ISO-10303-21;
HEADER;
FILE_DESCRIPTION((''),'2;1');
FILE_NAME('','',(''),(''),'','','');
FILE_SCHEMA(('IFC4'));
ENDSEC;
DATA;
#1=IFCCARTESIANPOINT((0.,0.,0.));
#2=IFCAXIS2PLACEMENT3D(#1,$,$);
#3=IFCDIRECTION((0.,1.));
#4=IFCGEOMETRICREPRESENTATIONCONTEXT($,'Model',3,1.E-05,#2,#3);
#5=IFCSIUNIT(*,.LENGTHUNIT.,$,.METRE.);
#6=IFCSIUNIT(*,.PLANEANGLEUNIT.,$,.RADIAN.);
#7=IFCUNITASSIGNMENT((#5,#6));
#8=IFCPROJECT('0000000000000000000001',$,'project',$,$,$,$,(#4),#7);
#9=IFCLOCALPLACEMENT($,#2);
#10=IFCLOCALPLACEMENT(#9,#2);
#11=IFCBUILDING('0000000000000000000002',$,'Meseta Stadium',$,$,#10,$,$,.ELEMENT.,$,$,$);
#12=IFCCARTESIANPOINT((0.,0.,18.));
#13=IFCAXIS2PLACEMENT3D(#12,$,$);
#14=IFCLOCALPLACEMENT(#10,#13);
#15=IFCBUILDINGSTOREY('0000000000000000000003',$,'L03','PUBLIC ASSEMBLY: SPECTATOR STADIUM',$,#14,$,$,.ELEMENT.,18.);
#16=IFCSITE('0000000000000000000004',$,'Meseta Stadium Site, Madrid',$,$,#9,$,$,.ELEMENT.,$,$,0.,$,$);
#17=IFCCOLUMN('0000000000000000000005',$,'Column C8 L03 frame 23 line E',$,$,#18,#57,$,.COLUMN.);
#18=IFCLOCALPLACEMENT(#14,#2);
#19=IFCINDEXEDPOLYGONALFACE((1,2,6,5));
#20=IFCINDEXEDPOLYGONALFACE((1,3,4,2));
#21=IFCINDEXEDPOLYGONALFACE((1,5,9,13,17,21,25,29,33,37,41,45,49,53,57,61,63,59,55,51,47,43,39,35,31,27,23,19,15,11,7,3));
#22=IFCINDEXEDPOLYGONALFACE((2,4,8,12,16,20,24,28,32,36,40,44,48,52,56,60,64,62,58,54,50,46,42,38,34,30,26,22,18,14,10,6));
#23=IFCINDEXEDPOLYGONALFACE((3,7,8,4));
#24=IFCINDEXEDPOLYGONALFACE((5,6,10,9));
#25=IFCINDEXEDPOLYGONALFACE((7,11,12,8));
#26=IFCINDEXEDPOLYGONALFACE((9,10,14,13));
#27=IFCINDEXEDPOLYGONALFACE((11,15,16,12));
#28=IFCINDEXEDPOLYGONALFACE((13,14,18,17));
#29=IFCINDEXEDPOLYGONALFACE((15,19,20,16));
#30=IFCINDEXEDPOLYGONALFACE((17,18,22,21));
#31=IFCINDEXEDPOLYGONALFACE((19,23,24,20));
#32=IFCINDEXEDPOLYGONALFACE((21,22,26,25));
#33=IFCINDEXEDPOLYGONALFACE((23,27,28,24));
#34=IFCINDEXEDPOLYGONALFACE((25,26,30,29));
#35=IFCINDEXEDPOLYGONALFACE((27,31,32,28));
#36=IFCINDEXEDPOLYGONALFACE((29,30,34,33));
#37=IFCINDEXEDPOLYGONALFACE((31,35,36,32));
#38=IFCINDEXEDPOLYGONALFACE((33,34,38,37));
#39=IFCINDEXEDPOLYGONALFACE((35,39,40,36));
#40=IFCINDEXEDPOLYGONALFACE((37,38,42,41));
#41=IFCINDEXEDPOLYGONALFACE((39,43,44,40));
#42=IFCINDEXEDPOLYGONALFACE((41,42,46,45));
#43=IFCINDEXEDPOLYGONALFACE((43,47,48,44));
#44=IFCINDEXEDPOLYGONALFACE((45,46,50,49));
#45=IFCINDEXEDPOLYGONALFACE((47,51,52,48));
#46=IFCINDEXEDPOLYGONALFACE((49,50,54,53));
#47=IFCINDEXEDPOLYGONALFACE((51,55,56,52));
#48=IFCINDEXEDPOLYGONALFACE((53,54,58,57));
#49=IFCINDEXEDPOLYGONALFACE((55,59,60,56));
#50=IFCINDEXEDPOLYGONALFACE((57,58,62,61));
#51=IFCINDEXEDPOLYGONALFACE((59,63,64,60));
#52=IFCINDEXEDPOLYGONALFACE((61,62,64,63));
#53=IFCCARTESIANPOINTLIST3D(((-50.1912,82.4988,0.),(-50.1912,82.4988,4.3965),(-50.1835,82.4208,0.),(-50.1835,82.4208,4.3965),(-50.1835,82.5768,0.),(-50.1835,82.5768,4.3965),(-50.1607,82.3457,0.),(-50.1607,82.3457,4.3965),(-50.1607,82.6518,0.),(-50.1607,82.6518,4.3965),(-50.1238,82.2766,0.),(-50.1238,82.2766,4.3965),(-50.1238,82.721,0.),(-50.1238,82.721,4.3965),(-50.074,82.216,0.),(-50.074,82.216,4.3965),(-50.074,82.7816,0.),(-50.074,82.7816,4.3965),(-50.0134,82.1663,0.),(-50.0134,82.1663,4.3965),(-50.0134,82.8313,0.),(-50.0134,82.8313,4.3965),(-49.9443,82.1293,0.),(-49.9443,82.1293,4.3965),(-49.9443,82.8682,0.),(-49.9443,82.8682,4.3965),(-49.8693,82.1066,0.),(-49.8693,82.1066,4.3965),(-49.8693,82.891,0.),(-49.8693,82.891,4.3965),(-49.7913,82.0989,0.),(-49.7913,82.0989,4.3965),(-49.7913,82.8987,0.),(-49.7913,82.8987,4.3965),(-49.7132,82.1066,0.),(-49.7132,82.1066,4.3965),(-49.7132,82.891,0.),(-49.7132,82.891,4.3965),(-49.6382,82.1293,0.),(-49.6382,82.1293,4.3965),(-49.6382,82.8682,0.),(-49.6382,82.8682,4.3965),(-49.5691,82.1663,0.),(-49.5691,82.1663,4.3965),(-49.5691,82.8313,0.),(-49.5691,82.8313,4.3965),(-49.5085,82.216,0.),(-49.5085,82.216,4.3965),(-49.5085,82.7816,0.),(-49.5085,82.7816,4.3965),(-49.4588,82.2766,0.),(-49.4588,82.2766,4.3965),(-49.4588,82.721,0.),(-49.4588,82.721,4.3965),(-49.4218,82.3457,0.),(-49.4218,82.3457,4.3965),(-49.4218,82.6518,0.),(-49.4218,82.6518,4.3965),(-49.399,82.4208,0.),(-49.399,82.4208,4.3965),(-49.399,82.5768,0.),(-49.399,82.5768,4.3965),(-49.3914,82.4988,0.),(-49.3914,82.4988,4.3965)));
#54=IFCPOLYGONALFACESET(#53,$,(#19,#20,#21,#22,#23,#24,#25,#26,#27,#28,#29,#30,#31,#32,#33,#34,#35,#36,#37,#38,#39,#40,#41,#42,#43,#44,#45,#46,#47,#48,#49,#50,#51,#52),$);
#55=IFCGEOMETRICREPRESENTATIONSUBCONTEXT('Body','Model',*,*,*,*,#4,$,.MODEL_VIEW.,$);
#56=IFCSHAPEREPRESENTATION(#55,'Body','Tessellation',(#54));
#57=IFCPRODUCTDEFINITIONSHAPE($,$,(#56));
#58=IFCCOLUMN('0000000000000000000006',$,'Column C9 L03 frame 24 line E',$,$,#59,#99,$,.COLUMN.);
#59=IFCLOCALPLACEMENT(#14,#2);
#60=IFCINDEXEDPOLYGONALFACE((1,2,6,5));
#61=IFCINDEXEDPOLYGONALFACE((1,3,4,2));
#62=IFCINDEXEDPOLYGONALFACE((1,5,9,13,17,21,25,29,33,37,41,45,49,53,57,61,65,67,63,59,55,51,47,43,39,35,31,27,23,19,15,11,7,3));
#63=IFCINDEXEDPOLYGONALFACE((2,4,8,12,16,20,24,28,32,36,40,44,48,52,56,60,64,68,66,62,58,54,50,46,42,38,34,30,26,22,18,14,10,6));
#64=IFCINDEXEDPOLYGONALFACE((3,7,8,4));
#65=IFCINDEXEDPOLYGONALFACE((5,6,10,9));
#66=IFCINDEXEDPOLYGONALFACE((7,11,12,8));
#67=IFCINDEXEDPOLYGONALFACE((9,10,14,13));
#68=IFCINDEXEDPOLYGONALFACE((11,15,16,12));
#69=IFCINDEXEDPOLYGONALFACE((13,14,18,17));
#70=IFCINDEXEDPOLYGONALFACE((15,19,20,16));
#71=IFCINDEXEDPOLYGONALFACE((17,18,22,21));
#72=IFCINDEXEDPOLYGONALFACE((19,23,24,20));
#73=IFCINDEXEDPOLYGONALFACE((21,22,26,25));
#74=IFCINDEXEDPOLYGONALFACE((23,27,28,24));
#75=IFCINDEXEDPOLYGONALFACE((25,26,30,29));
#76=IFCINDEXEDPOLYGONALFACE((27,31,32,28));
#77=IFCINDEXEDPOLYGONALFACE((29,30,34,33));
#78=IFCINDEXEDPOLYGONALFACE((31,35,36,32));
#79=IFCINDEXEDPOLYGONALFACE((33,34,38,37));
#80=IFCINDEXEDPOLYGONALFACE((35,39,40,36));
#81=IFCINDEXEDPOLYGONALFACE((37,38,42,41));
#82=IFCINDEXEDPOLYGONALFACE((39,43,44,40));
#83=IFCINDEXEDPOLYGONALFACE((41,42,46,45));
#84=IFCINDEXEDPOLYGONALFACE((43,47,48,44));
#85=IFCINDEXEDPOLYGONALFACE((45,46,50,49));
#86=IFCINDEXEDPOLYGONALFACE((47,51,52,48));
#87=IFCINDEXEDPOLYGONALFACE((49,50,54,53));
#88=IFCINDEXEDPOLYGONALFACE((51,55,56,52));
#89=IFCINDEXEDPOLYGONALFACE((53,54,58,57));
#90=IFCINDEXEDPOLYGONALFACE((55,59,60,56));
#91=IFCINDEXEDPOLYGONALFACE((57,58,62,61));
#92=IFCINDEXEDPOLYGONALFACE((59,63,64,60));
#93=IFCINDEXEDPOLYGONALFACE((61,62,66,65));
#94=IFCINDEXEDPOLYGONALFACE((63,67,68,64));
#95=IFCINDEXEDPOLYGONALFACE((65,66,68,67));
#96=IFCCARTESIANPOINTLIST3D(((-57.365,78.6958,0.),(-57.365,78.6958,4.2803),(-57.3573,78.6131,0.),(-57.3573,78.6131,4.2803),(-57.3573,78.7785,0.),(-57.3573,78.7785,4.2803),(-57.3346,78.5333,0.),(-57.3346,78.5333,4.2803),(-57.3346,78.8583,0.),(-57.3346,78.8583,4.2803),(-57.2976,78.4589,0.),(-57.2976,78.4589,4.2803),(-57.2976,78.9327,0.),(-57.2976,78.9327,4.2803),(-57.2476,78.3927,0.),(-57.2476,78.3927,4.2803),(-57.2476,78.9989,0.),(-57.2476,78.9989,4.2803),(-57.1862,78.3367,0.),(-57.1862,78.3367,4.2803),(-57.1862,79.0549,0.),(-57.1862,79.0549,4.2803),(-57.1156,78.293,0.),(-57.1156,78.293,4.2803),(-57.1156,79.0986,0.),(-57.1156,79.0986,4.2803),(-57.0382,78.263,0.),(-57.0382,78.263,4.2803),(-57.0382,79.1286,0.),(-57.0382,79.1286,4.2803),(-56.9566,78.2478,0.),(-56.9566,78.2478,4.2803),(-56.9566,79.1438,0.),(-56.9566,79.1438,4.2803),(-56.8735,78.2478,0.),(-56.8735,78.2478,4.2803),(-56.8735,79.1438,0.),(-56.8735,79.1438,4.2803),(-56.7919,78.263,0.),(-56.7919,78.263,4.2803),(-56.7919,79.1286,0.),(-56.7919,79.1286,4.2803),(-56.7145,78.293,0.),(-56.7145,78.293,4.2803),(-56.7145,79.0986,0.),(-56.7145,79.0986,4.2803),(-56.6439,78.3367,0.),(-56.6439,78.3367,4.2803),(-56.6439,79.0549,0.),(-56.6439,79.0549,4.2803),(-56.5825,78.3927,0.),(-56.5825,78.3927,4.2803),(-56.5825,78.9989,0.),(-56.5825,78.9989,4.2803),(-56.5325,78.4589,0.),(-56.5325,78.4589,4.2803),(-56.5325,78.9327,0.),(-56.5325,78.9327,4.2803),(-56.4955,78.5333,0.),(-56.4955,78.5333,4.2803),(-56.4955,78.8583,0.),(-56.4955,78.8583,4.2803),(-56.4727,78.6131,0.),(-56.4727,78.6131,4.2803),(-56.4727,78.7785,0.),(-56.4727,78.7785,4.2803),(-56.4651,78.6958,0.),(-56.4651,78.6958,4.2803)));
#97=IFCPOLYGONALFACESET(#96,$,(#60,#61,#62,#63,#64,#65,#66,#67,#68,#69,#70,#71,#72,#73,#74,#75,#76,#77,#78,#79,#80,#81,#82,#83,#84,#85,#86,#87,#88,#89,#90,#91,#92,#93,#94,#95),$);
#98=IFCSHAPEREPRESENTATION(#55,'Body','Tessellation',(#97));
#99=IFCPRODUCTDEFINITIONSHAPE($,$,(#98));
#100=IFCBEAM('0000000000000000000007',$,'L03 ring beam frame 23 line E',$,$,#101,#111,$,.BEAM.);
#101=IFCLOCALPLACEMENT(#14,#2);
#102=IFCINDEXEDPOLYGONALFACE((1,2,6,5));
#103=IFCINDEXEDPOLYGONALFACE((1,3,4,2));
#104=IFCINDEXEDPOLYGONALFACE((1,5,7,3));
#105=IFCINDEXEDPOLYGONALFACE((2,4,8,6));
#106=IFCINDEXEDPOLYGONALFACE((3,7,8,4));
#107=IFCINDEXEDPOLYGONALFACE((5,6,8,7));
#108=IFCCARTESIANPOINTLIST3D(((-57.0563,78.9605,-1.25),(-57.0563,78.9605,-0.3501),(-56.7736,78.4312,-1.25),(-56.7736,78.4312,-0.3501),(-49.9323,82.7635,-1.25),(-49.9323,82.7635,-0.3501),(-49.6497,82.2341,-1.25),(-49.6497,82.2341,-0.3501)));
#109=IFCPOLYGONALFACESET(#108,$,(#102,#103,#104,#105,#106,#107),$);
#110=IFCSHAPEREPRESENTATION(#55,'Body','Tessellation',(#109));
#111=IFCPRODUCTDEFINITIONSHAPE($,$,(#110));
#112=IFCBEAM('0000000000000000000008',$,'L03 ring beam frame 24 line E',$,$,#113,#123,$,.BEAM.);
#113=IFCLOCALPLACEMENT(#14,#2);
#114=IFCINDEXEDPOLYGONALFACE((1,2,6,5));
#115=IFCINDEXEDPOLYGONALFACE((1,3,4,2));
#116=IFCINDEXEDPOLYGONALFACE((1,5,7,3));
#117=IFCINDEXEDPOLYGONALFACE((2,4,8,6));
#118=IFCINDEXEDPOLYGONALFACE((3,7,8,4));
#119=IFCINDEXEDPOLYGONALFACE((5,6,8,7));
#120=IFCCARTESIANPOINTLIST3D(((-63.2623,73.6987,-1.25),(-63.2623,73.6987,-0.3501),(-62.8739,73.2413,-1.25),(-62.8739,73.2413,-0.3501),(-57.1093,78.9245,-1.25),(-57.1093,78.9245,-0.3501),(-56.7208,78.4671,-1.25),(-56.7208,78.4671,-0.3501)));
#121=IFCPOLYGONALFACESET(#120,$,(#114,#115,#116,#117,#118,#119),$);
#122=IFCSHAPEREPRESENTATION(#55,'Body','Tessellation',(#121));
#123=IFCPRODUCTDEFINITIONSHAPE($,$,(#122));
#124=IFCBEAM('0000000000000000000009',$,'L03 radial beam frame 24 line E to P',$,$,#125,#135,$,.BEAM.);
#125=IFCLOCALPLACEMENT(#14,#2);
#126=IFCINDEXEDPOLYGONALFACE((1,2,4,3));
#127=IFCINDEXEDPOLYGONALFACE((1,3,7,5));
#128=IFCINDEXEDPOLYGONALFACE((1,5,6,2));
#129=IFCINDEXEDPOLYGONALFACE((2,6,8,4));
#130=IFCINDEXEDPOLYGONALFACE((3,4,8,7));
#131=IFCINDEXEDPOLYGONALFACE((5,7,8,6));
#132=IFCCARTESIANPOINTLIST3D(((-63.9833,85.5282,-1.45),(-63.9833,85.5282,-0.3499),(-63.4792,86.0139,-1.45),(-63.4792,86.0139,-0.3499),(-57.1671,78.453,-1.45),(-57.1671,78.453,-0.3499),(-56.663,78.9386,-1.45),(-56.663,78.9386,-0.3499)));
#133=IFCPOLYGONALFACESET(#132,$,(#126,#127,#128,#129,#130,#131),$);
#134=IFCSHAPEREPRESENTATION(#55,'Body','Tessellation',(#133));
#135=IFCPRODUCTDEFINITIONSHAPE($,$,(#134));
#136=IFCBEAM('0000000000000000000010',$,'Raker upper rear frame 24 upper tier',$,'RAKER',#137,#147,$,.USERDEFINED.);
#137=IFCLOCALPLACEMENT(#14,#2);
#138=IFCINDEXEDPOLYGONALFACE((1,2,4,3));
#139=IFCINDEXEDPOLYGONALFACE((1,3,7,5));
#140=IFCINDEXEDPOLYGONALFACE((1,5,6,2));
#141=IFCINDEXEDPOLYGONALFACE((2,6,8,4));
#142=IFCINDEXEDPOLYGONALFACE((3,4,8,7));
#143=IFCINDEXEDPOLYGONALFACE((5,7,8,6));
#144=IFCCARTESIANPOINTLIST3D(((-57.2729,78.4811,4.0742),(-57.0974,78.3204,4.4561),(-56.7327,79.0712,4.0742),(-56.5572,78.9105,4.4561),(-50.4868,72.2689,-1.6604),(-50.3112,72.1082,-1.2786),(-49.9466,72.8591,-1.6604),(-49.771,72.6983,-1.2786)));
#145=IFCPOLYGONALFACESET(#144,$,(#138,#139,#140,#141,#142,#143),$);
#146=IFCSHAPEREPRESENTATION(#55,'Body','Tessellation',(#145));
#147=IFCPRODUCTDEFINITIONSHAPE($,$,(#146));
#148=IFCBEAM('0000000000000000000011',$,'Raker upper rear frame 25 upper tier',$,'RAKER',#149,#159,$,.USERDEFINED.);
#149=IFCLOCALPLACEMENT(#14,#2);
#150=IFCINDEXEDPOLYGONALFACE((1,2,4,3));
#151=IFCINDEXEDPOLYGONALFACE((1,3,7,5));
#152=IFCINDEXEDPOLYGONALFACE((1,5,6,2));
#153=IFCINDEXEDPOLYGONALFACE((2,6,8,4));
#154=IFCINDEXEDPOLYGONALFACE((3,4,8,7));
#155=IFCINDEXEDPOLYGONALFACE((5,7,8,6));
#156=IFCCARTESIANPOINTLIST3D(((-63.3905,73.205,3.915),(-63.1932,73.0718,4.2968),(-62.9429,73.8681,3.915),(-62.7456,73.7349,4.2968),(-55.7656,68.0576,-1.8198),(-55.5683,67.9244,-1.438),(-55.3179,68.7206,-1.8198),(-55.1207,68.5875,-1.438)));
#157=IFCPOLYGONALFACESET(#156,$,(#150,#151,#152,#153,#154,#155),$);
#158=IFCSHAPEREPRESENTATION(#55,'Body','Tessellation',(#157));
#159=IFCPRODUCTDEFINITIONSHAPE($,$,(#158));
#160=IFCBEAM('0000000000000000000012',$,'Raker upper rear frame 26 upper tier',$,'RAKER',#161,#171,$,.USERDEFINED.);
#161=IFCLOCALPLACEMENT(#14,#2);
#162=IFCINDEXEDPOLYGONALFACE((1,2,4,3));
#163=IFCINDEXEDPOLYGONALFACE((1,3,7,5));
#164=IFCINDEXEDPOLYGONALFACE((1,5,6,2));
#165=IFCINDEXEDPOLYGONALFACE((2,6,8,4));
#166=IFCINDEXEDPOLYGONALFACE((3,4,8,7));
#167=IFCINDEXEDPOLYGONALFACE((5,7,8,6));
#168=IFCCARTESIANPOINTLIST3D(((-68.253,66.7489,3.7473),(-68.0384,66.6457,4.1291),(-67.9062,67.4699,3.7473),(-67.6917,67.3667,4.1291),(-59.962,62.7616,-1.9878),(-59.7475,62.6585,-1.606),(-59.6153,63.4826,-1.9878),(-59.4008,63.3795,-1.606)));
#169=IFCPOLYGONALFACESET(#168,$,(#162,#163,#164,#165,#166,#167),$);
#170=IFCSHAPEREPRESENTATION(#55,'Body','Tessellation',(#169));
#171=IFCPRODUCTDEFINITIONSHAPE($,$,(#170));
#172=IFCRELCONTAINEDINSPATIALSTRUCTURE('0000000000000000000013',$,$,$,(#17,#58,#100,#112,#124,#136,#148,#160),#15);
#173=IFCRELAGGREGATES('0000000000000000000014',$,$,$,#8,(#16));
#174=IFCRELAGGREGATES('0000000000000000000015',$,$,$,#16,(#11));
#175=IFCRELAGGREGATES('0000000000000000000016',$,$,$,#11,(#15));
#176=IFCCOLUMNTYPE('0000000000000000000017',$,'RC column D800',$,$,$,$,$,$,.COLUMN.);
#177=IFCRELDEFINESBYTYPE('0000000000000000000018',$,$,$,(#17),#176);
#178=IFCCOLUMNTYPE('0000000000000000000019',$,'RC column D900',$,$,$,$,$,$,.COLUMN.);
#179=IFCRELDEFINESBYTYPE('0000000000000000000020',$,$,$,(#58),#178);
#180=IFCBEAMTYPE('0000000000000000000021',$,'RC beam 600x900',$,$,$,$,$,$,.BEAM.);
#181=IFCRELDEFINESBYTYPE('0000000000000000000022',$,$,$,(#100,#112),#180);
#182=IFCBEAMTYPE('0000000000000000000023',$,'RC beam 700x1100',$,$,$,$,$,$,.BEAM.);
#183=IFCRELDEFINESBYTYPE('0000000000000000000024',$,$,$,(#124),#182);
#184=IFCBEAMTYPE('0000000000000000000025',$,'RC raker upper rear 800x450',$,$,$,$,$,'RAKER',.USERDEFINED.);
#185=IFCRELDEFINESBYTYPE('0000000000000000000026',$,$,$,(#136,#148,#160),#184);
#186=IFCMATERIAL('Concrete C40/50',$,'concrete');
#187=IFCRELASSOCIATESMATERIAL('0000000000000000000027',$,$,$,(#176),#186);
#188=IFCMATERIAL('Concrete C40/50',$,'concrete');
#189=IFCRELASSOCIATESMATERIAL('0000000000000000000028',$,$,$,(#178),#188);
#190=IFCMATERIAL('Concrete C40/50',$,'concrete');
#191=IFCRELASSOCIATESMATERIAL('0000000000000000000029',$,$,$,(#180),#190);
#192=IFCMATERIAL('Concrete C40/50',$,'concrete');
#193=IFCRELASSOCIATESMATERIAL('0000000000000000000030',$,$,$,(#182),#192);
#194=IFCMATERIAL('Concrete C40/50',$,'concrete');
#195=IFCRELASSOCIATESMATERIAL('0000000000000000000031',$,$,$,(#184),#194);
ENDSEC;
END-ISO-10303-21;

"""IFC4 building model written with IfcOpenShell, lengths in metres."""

from ifc_helpers import new_model, si_unit, direction, frame, origin, origin_2d, place, context, subcontext, project, spatial, rectangle, circle, extrude, material, material_profile, profile_set, type_object, element, save


model = new_model("IFC4")

# Units and contexts
model_context = context("Model", 3, precision=1e-05, world=origin(), true_north=direction((0.0, 1.0)))
body_context = subcontext(model_context, "Body", "Model", "MODEL_VIEW")
ifc_project = project(units=[si_unit("LENGTHUNIT", "METRE"), si_unit("PLANEANGLEUNIT", "RADIAN")], contexts=[model_context])

# Site, building, storey
site_placement = place(None, origin())
site = spatial("IfcSite", under=ifc_project, at=site_placement, Name="Meseta Stadium Site, Madrid", CompositionType="ELEMENT", RefElevation=0.0)
building_placement = place(site_placement, origin())
building = spatial("IfcBuilding", under=site, at=building_placement, Name="Meseta Stadium", CompositionType="ELEMENT")
storey_placement = place(building_placement, frame((0.0, 0.0, 18.0)))
storey = spatial("IfcBuildingStorey", under=building, at=storey_placement, Name="L03", Description="PUBLIC ASSEMBLY: SPECTATOR STADIUM", CompositionType="ELEMENT", Elevation=18.0)

# Columns
ifc_material_1 = material(Name="Concrete C40/50", Category="concrete")
ifc_material_profile_1 = material_profile(ifc_material_1, circle(Radius=0.3999, at=origin_2d()), Name="RC D800")
ifc_profile_set_1 = profile_set([ifc_material_profile_1], Name="Concrete C40/50")
column_type_1 = type_object("IfcColumnType", Name="RC column D800", PredefinedType="COLUMN", material=ifc_profile_set_1)
column_1_placement = place(storey_placement, frame((-49.7913, 82.4988, 0.0), z_axis=(0.0, 0.0, 1.0), x_axis=(1.0, 0.0, 0.0)))
element("IfcColumn", 1, at=column_1_placement, inside=storey, type_object=column_type_1, Name="Column C8 L03 frame 23 line E", PredefinedType="COLUMN", context=body_context, shape_type="SweptSolid", body=[
    extrude(circle(Radius=0.3999, at=origin_2d()), origin(), (0.0, 0.0, 1.0), 4.3965),
])
ifc_material_2 = material(Name="Concrete C40/50", Category="concrete")
ifc_material_profile_2 = material_profile(ifc_material_2, circle(Radius=0.45, at=origin_2d()), Name="RC D900")
ifc_profile_set_2 = profile_set([ifc_material_profile_2], Name="Concrete C40/50")
column_type_2 = type_object("IfcColumnType", Name="RC column D900", PredefinedType="COLUMN", material=ifc_profile_set_2)
column_2_placement = place(storey_placement, frame((-56.915, 78.6958, 0.0), z_axis=(0.0, 0.0, 1.0), x_axis=(1.0, 0.0, 0.0)))
element("IfcColumn", 2, at=column_2_placement, inside=storey, type_object=column_type_2, Name="Column C9 L03 frame 24 line E", PredefinedType="COLUMN", context=body_context, shape_type="SweptSolid", body=[
    extrude(circle(Radius=0.45, at=origin_2d()), origin(), (0.0, 0.0, 1.0), 4.2803),
])

# Beams
ifc_material_3 = material(Name="Concrete C40/50", Category="concrete")
ifc_material_profile_3 = material_profile(ifc_material_3, rectangle(XDim=0.6001, YDim=0.8999, at=origin_2d()), Name="RC 600x900")
ifc_profile_set_3 = profile_set([ifc_material_profile_3], Name="Concrete C40/50")
beam_type_1 = type_object("IfcBeamType", Name="RC beam 600x900", PredefinedType="BEAM", material=ifc_profile_set_3)
beam_1_placement = place(storey_placement, frame((-49.791, 82.4988, -0.8), z_axis=(-0.882173, -0.470926, 0.0), x_axis=(0.470926, -0.882173, 0.0)))
element("IfcBeam", 3, at=beam_1_placement, inside=storey, type_object=beam_type_1, Name="L03 ring beam frame 23 line E", PredefinedType="BEAM", context=body_context, shape_type="SweptSolid", body=[
    extrude(rectangle(XDim=0.6001, YDim=0.8999, at=origin_2d()), origin(), (0.0, 0.0, 1.0), 8.0754),
])
beam_2_placement = place(storey_placement, frame((-56.915, 78.6958, -0.8), z_axis=(-0.762201, -0.64734, 0.0), x_axis=(0.64734, -0.762201, 0.0)))
element("IfcBeam", 4, at=beam_2_placement, inside=storey, type_object=beam_type_1, Name="L03 ring beam frame 24 line E", PredefinedType="BEAM", context=body_context, shape_type="SweptSolid", body=[
    extrude(rectangle(XDim=0.6001, YDim=0.8999, at=origin_2d()), origin(), (0.0, 0.0, 1.0), 8.0728),
])
ifc_material_4 = material(Name="Concrete C40/50", Category="concrete")
ifc_material_profile_4 = material_profile(ifc_material_4, rectangle(XDim=0.7, YDim=1.1001, at=origin_2d()), Name="RC 700x1100")
ifc_profile_set_4 = profile_set([ifc_material_profile_4], Name="Concrete C40/50")
beam_type_2 = type_object("IfcBeamType", Name="RC beam 700x1100", PredefinedType="BEAM", material=ifc_profile_set_4)
beam_3_placement = place(storey_placement, frame((-56.915, 78.6958, -0.8999), z_axis=(-0.693801, 0.720167, 0.0), x_axis=(-0.720167, -0.693801, 0.0)))
element("IfcBeam", 5, at=beam_3_placement, inside=storey, type_object=beam_type_2, Name="L03 radial beam frame 24 line E to P", PredefinedType="BEAM", context=body_context, shape_type="SweptSolid", body=[
    extrude(rectangle(XDim=0.7, YDim=1.1001, at=origin_2d()), origin(), (0.0, 0.0, 1.0), 9.8245),
])
ifc_material_5 = material(Name="Concrete C40/50", Category="concrete")
ifc_material_profile_5 = material_profile(ifc_material_5, rectangle(XDim=0.8, YDim=0.45, at=origin_2d()), Name="RC 800x450")
ifc_profile_set_5 = profile_set([ifc_material_profile_5], Name="Concrete C40/50")
beam_type_3 = type_object("IfcBeamType", Name="RC raker upper rear 800x450", ElementType="RAKER", PredefinedType="USERDEFINED", material=ifc_profile_set_5)
beam_4_placement = place(storey_placement, frame((-50.1289, 72.4836, -1.4695), z_axis=(-0.625966, 0.573022, 0.528973), x_axis=(-0.675225, -0.737612, 0.0)))
element("IfcBeam", 6, at=beam_4_placement, inside=storey, type_object=beam_type_3, Name="Raker upper rear frame 24 upper tier", ObjectType="RAKER", PredefinedType="USERDEFINED", context=body_context, shape_type="SweptSolid", body=[
    extrude(rectangle(XDim=0.8, YDim=0.45, at=origin_2d()), origin(), (0.0, 0.0, 1.0), 10.8411),
])
beam_5_placement = place(storey_placement, frame((-55.4431, 68.3225, -1.6289), z_axis=(-0.703353, 0.474818, 0.529001), x_axis=(-0.559517, -0.828819, 0.0)))
element("IfcBeam", 7, at=beam_5_placement, inside=storey, type_object=beam_type_3, Name="Raker upper rear frame 25 upper tier", ObjectType="RAKER", PredefinedType="USERDEFINED", context=body_context, shape_type="SweptSolid", body=[
    extrude(rectangle(XDim=0.8, YDim=0.45, at=origin_2d()), origin(), (0.0, 0.0, 1.0), 10.8408),
])
beam_6_placement = place(storey_placement, frame((-59.6814, 63.0706, -1.7969), z_axis=(-0.764771, 0.367793, 0.529012), x_axis=(-0.433404, -0.9012, 0.0)))
element("IfcBeam", 8, at=beam_6_placement, inside=storey, type_object=beam_type_3, Name="Raker upper rear frame 26 upper tier", ObjectType="RAKER", PredefinedType="USERDEFINED", context=body_context, shape_type="SweptSolid", body=[
    extrude(rectangle(XDim=0.8, YDim=0.45, at=origin_2d()), origin(), (0.0, 0.0, 1.0), 10.8411),
])

save(model, "model.ifc")
